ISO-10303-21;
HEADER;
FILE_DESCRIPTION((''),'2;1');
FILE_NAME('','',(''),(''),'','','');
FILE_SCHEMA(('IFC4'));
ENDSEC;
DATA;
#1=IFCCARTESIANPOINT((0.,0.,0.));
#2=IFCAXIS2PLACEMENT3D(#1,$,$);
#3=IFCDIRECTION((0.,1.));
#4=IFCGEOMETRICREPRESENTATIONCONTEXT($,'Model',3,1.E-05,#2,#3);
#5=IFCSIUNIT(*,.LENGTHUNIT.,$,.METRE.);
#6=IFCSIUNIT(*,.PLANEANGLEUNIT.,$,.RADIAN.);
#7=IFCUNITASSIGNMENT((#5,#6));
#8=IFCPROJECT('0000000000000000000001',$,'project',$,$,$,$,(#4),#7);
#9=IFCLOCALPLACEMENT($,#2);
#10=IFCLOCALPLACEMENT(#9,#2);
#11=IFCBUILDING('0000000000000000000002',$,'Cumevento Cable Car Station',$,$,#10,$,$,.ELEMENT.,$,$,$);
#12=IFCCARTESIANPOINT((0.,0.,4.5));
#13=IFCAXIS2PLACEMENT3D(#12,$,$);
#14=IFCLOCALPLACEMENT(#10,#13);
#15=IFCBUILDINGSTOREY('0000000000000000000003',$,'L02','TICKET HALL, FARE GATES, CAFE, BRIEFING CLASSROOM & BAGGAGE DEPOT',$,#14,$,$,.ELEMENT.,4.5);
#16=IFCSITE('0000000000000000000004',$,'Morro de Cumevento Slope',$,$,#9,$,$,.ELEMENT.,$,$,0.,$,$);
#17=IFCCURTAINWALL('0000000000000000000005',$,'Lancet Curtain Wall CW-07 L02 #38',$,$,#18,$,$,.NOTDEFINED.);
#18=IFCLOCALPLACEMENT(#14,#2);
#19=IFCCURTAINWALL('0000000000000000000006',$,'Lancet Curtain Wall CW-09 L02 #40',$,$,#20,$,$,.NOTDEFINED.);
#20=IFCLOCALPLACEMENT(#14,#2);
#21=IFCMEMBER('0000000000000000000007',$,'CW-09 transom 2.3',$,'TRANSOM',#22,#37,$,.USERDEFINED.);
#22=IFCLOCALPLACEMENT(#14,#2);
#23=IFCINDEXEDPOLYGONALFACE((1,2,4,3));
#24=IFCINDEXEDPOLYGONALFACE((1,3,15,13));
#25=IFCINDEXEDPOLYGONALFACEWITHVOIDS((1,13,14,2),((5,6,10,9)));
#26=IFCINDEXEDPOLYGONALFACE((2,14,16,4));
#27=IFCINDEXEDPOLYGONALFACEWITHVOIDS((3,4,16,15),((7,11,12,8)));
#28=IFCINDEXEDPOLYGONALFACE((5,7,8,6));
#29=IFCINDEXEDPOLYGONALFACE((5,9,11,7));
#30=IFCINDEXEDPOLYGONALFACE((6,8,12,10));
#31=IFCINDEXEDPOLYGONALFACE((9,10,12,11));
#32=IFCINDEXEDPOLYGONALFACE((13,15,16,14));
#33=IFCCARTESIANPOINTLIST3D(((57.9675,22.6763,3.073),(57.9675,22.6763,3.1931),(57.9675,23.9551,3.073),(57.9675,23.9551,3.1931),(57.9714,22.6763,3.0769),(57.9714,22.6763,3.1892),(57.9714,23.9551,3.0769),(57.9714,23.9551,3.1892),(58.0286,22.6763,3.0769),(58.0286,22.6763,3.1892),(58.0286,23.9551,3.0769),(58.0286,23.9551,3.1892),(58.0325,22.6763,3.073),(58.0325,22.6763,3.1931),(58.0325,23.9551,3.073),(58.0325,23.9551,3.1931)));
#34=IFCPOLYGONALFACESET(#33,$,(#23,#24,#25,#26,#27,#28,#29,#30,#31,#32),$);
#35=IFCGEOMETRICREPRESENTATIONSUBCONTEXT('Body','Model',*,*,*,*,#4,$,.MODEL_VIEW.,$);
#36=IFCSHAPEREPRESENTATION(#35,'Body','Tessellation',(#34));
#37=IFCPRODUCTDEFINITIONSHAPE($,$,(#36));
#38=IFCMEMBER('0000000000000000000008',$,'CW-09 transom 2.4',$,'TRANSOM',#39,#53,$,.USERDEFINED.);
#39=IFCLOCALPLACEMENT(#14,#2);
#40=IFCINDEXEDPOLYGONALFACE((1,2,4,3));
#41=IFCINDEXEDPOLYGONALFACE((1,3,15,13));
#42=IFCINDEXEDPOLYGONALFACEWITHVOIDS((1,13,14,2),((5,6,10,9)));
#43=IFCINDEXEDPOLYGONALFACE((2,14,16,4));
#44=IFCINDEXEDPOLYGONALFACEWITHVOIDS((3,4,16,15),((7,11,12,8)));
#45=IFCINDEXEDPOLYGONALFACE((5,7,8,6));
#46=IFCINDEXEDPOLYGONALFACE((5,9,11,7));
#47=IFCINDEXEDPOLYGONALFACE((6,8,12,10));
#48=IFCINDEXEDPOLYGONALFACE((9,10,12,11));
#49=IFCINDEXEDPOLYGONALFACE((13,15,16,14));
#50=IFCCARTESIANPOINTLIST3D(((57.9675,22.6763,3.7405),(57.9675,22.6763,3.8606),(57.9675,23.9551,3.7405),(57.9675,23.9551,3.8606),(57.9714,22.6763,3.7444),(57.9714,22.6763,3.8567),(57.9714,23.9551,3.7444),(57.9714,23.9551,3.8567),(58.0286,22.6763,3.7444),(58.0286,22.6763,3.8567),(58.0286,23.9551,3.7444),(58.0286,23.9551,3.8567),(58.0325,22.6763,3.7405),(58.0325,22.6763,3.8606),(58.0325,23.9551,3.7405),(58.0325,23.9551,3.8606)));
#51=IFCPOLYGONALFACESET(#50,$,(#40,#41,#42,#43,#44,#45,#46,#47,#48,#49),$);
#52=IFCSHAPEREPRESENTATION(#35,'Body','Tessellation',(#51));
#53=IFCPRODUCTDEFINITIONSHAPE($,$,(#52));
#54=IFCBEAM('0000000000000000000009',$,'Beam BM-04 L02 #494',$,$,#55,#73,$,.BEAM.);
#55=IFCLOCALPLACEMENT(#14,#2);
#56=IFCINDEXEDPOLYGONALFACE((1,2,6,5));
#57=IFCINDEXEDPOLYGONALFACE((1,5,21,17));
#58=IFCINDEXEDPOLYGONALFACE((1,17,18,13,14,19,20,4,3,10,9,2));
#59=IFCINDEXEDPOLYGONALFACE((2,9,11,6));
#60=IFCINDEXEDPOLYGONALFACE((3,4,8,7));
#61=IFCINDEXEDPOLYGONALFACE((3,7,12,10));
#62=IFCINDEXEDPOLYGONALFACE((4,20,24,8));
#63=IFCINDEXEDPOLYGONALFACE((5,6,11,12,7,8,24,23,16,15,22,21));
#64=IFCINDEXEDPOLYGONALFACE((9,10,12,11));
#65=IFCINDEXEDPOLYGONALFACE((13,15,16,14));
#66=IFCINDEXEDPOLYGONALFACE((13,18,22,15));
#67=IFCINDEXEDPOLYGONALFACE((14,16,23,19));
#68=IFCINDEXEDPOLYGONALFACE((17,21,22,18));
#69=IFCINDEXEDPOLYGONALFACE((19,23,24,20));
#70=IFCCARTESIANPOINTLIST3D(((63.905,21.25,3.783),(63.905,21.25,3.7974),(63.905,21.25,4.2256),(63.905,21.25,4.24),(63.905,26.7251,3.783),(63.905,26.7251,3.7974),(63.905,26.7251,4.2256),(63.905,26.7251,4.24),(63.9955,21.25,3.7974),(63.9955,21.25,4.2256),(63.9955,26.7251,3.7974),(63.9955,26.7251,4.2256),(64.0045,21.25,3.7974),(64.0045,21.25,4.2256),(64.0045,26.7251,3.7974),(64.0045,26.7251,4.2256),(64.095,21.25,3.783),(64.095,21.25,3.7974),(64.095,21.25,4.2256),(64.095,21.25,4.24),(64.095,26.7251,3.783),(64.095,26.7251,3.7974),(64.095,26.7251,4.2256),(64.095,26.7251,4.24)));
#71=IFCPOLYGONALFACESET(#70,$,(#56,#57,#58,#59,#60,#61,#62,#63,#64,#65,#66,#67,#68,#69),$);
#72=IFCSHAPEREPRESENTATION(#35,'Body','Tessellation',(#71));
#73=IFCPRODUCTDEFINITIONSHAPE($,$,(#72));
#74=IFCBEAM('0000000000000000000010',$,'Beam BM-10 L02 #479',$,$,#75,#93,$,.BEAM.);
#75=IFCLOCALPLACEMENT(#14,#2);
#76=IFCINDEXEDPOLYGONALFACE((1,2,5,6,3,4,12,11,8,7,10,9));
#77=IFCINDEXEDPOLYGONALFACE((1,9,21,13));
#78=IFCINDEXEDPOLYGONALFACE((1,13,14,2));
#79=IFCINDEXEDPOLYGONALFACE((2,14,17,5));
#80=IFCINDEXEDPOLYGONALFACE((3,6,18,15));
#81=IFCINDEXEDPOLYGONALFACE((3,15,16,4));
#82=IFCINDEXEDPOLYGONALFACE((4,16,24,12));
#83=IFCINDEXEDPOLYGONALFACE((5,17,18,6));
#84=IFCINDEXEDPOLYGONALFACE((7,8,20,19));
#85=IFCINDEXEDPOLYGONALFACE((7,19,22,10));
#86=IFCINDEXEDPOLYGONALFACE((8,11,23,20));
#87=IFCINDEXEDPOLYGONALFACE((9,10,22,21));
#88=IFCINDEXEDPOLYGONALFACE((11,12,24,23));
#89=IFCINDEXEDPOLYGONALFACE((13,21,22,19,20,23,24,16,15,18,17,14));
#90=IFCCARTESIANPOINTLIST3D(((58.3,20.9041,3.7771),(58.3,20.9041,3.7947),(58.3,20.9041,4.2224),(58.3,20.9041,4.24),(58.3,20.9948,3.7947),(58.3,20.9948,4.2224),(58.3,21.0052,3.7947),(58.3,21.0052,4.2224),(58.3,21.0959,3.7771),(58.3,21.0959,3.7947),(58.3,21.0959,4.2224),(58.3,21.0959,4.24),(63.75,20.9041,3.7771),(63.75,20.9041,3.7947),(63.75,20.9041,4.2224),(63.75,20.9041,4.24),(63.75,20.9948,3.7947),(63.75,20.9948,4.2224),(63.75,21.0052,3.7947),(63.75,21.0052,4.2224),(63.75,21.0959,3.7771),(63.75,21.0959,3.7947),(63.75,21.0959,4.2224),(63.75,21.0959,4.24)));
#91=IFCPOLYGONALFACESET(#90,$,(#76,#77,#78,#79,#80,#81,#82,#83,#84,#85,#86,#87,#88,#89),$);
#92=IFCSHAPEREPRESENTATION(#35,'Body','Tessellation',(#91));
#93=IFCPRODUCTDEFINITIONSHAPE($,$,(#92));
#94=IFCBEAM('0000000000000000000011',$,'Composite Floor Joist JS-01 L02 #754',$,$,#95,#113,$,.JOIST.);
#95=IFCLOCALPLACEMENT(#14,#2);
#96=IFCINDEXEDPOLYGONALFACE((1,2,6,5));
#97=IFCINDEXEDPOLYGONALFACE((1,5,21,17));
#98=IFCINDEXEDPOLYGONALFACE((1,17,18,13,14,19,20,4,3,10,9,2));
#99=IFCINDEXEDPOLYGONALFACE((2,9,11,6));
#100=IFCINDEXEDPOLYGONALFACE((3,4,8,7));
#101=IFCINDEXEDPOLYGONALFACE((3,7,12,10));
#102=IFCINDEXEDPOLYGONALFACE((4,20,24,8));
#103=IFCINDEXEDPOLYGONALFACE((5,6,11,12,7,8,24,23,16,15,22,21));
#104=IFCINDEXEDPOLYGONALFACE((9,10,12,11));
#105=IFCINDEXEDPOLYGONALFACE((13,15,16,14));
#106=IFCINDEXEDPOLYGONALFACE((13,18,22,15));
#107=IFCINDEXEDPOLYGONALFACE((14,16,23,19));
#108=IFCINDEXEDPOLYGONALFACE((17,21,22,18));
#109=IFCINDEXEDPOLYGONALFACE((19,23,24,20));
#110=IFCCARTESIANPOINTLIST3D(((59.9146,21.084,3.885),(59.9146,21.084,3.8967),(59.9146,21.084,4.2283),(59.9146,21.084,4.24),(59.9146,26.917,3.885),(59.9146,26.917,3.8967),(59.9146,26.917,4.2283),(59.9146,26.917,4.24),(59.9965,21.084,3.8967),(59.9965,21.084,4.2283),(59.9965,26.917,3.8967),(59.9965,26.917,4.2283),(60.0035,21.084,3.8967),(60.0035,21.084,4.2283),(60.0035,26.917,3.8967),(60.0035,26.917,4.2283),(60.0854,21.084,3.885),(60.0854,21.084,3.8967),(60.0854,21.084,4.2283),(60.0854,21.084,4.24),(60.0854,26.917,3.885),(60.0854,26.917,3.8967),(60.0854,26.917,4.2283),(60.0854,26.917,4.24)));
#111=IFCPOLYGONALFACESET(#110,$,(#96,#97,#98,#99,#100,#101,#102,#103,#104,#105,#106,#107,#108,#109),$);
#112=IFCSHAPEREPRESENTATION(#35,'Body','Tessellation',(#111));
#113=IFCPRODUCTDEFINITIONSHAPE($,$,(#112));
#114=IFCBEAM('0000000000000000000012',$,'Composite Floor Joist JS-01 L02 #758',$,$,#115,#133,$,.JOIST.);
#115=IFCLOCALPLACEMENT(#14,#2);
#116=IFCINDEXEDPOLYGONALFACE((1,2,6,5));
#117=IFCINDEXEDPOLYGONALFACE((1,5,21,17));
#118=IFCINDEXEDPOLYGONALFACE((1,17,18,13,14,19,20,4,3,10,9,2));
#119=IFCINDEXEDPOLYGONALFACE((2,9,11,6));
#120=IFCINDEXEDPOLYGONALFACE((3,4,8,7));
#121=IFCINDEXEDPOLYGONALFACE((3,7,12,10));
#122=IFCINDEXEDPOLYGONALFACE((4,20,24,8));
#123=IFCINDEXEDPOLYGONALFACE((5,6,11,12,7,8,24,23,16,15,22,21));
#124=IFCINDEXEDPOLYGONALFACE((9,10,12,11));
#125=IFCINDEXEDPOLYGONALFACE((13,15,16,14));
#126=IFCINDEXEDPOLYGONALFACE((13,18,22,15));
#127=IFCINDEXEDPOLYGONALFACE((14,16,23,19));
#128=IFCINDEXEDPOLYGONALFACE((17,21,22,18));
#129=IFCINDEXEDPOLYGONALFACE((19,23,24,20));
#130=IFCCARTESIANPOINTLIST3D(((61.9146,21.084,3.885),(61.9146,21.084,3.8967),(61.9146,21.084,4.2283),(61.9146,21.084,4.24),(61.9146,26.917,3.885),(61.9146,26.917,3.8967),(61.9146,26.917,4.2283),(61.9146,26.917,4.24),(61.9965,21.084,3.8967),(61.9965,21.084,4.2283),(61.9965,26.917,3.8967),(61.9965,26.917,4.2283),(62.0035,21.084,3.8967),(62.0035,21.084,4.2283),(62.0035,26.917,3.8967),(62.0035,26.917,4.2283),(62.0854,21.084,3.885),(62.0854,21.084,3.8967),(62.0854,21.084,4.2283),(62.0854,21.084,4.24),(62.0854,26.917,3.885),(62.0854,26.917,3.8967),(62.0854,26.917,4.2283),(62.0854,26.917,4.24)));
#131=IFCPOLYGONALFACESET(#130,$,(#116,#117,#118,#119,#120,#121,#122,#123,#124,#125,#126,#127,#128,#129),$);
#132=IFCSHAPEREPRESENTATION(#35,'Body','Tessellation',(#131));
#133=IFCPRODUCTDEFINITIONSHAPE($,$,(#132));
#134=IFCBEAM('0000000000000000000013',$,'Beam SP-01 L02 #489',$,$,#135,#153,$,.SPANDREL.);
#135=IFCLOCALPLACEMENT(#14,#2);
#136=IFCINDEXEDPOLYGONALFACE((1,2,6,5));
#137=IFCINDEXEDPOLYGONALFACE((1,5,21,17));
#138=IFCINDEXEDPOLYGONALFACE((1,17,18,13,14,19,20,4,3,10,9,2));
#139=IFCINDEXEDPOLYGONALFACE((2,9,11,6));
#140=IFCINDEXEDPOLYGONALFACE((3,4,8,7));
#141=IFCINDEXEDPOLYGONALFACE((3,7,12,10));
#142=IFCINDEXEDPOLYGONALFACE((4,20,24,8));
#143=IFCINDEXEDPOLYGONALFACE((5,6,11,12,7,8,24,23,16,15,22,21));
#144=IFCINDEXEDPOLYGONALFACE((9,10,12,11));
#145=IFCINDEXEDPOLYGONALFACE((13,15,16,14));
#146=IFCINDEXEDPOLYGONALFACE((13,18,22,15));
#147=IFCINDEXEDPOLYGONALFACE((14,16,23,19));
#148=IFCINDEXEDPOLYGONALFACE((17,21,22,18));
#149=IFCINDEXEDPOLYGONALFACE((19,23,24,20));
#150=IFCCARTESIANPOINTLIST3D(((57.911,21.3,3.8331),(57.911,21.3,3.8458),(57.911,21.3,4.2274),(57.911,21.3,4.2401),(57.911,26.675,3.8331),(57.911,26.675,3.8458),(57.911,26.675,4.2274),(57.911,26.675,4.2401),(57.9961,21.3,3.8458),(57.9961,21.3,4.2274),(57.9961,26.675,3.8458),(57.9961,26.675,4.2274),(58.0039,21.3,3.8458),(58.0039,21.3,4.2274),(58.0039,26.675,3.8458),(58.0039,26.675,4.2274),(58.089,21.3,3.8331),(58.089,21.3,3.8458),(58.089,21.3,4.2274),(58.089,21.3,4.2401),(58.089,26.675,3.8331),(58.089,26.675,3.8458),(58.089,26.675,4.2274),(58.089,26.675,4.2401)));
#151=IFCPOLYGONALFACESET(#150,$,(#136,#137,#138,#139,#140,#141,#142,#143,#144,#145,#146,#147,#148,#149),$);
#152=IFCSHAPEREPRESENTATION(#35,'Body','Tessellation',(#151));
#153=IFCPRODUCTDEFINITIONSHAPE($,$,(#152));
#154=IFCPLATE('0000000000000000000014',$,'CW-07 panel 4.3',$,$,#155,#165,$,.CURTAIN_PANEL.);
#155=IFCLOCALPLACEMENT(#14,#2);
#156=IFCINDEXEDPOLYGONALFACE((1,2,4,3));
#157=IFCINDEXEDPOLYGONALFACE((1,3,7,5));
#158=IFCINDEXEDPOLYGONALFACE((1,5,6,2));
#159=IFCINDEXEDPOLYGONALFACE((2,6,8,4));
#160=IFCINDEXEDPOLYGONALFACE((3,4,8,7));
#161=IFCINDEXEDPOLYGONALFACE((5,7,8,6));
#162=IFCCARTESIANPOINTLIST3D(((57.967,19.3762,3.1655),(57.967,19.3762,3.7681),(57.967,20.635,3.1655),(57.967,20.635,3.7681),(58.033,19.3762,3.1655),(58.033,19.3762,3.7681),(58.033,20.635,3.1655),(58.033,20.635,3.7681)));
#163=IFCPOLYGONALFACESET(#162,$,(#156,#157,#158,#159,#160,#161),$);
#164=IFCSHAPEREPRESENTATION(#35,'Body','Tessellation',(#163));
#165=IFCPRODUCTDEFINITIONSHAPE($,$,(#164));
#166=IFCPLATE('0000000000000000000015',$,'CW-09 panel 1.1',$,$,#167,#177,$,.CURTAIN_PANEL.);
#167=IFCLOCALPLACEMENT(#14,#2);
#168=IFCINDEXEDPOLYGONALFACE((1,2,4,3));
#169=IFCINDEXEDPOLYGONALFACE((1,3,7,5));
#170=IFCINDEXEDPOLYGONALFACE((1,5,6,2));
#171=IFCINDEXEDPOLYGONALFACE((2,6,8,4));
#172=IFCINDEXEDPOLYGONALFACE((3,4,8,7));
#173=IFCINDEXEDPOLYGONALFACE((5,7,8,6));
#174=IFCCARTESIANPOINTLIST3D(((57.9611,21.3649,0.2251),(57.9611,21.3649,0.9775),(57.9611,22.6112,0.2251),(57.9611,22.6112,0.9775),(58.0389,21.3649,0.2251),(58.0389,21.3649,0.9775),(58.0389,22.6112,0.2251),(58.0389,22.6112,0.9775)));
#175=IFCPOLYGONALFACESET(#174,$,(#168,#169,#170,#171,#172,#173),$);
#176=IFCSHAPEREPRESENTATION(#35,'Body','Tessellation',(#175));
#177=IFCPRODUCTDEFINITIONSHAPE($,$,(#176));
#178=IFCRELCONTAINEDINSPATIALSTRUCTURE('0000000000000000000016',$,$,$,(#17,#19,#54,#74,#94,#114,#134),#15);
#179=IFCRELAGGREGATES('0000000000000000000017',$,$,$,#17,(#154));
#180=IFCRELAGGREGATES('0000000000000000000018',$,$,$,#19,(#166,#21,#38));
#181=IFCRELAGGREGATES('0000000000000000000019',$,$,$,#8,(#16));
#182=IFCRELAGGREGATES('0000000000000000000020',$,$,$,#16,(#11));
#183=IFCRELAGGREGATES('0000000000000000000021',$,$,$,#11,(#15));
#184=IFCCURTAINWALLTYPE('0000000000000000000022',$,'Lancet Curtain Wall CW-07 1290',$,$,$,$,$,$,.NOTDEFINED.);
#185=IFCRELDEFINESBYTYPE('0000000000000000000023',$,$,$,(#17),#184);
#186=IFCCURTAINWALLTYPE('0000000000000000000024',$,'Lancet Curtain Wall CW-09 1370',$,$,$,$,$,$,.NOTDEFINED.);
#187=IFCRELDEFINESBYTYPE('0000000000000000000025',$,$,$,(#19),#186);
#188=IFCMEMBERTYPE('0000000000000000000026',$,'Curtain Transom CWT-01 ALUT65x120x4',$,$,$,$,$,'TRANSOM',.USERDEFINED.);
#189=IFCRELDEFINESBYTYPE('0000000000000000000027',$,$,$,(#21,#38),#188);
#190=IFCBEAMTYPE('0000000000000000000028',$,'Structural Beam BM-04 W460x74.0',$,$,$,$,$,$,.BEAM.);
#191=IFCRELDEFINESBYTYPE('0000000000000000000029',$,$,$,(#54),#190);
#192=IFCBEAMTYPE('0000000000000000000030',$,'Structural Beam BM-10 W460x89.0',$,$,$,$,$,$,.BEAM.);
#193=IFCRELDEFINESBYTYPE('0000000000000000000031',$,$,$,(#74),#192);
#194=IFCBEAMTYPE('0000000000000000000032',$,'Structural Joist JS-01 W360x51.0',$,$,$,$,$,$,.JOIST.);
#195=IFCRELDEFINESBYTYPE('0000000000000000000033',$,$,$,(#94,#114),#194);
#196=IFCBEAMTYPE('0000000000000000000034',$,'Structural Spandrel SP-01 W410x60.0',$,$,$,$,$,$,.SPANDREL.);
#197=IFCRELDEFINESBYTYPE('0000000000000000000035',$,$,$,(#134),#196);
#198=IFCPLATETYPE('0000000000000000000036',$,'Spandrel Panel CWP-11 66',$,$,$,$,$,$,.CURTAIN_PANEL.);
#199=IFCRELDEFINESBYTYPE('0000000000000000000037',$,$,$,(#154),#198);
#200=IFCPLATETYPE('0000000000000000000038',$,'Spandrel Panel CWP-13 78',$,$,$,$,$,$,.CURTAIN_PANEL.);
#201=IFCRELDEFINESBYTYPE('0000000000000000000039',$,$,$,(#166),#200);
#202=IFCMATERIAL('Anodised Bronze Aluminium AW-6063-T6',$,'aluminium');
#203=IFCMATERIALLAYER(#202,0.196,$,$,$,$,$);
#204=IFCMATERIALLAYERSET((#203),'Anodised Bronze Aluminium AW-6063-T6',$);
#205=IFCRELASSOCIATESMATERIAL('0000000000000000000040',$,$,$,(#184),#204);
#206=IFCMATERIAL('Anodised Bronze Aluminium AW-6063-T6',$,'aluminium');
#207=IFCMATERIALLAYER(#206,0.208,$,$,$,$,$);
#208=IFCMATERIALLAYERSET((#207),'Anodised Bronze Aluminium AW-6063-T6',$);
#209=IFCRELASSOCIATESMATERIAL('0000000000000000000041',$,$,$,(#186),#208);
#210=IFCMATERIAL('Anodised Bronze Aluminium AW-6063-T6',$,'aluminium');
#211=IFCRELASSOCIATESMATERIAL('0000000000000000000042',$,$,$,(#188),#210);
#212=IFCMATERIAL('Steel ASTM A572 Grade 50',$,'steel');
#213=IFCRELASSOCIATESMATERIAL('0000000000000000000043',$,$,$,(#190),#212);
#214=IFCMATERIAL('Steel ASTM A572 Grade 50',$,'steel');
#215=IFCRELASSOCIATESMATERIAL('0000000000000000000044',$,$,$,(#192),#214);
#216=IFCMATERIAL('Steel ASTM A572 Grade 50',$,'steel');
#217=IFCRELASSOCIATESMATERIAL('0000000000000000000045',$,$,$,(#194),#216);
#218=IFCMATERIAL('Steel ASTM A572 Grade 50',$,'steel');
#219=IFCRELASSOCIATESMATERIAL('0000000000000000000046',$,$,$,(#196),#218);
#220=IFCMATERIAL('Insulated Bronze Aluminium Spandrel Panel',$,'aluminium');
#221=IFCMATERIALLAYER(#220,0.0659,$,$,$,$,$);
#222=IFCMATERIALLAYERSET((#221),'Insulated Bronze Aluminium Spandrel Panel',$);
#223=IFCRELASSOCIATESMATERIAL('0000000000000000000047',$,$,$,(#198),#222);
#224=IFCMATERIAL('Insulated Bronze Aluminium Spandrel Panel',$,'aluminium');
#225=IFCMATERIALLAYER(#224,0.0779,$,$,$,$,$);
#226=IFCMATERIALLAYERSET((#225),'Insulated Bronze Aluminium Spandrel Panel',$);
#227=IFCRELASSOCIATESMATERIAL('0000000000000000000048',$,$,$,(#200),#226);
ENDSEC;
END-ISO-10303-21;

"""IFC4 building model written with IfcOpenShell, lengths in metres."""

from ifc_helpers import new_model, si_unit, direction, frame, origin, origin_2d, place, context, subcontext, project, spatial, rectangle, hollow_rectangle, i_section, extrude, material, layer, layer_set, material_profile, profile_set, type_object, element, aggregate, save


model = new_model("IFC4")

# Units and contexts
model_context = context("Model", 3, precision=1e-05, world=origin(), true_north=direction((0.0, 1.0)))
body_context = subcontext(model_context, "Body", "Model", "MODEL_VIEW")
ifc_project = project(units=[si_unit("LENGTHUNIT", "METRE"), si_unit("PLANEANGLEUNIT", "RADIAN")], contexts=[model_context])

# Site, building, storey
site_placement = place(None, origin())
site = spatial("IfcSite", under=ifc_project, at=site_placement, Name="Morro de Cumevento Slope", CompositionType="ELEMENT", RefElevation=0.0)
building_placement = place(site_placement, origin())
building = spatial("IfcBuilding", under=site, at=building_placement, Name="Cumevento Cable Car Station", CompositionType="ELEMENT")
storey_placement = place(building_placement, frame((0.0, 0.0, 4.5)))
storey = spatial("IfcBuildingStorey", under=building, at=storey_placement, Name="L02", Description="TICKET HALL, FARE GATES, CAFE, BRIEFING CLASSROOM & BAGGAGE DEPOT", CompositionType="ELEMENT", Elevation=4.5)

# Curtain wall
ifc_material_1 = material(Name="Anodised Bronze Aluminium AW-6063-T6", Category="aluminium")
ifc_layer_1 = layer(ifc_material_1, 0.196)
ifc_layer_set_1 = layer_set([ifc_layer_1], Name="Anodised Bronze Aluminium AW-6063-T6")
curtain_wall_type_1 = type_object("IfcCurtainWallType", Name="Lancet Curtain Wall CW-07 1290", PredefinedType="NOTDEFINED", material=ifc_layer_set_1)
curtain_wall_1_placement = place(storey_placement, origin())
curtain_wall_1 = element("IfcCurtainWall", 1, at=curtain_wall_1_placement, inside=storey, type_object=curtain_wall_type_1, Name="Lancet Curtain Wall CW-07 L02 #38", PredefinedType="NOTDEFINED")

# Curtain wall, members
ifc_material_2 = material(Name="Anodised Bronze Aluminium AW-6063-T6", Category="aluminium")
ifc_layer_2 = layer(ifc_material_2, 0.208)
ifc_layer_set_2 = layer_set([ifc_layer_2], Name="Anodised Bronze Aluminium AW-6063-T6")
curtain_wall_type_2 = type_object("IfcCurtainWallType", Name="Lancet Curtain Wall CW-09 1370", PredefinedType="NOTDEFINED", material=ifc_layer_set_2)
curtain_wall_2_placement = place(storey_placement, origin())
curtain_wall_2 = element("IfcCurtainWall", 2, at=curtain_wall_2_placement, inside=storey, type_object=curtain_wall_type_2, Name="Lancet Curtain Wall CW-09 L02 #40", PredefinedType="NOTDEFINED")
ifc_material_3 = material(Name="Anodised Bronze Aluminium AW-6063-T6", Category="aluminium")
ifc_material_profile_1 = material_profile(ifc_material_3, hollow_rectangle(XDim=0.0649, YDim=0.1201, WallThickness=0.0039, at=origin_2d()), Name="ALUT65x120x4")
ifc_profile_set_1 = profile_set([ifc_material_profile_1], Name="Anodised Bronze Aluminium AW-6063-T6")
member_type_1 = type_object("IfcMemberType", Name="Curtain Transom CWT-01 ALUT65x120x4", ElementType="TRANSOM", PredefinedType="USERDEFINED", material=ifc_profile_set_1)
member_1_placement = place(storey_placement, frame((58.0, 22.6763, 3.1331), z_axis=(0.0, 1.0, 0.0), x_axis=(-1.0, 0.0, 0.0)))
member_1 = element("IfcMember", 3, at=member_1_placement, type_object=member_type_1, Name="CW-09 transom 2.3", ObjectType="TRANSOM", PredefinedType="USERDEFINED", context=body_context, shape_type="SweptSolid", body=[
    extrude(hollow_rectangle(XDim=0.0649, YDim=0.1201, WallThickness=0.0039, at=origin_2d()), origin(), (0.0, 0.0, 1.0), 1.2788),
])
member_2_placement = place(storey_placement, frame((58.0, 22.6763, 3.8005), z_axis=(0.0, 1.0, 0.0), x_axis=(-1.0, 0.0, 0.0)))
member_2 = element("IfcMember", 4, at=member_2_placement, type_object=member_type_1, Name="CW-09 transom 2.4", ObjectType="TRANSOM", PredefinedType="USERDEFINED", context=body_context, shape_type="SweptSolid", body=[
    extrude(hollow_rectangle(XDim=0.0649, YDim=0.1201, WallThickness=0.0039, at=origin_2d()), origin(), (0.0, 0.0, 1.0), 1.2788),
])

# Beams
ifc_material_4 = material(Name="Steel ASTM A572 Grade 50", Category="steel")
ifc_material_profile_2 = material_profile(ifc_material_4, i_section(OverallWidth=0.1899, OverallDepth=0.457, WebThickness=0.009, FlangeThickness=0.0144, at=origin_2d()), Name="W460x74.0")
ifc_profile_set_2 = profile_set([ifc_material_profile_2], Name="Steel ASTM A572 Grade 50")
beam_type_1 = type_object("IfcBeamType", Name="Structural Beam BM-04 W460x74.0", PredefinedType="BEAM", material=ifc_profile_set_2)
beam_1_placement = place(storey_placement, frame((64.0, 21.25, 4.0115), z_axis=(0.0, 1.0, 0.0), x_axis=(-1.0, 0.0, 0.0)))
element("IfcBeam", 5, at=beam_1_placement, inside=storey, type_object=beam_type_1, Name="Beam BM-04 L02 #494", PredefinedType="BEAM", context=body_context, shape_type="SweptSolid", body=[
    extrude(i_section(OverallWidth=0.1899, OverallDepth=0.457, WebThickness=0.009, FlangeThickness=0.0144, at=origin_2d()), origin(), (0.0, 0.0, 1.0), 5.4751),
])
ifc_material_5 = material(Name="Steel ASTM A572 Grade 50", Category="steel")
ifc_material_profile_3 = material_profile(ifc_material_5, i_section(OverallWidth=0.1919, OverallDepth=0.4629, WebThickness=0.0105, FlangeThickness=0.0176, at=origin_2d()), Name="W460x89.0")
ifc_profile_set_3 = profile_set([ifc_material_profile_3], Name="Steel ASTM A572 Grade 50")
beam_type_2 = type_object("IfcBeamType", Name="Structural Beam BM-10 W460x89.0", PredefinedType="BEAM", material=ifc_profile_set_3)
beam_2_placement = place(storey_placement, frame((58.3, 21.0, 4.0085), z_axis=(1.0, 0.0, 0.0), x_axis=(0.0, 1.0, 0.0)))
element("IfcBeam", 6, at=beam_2_placement, inside=storey, type_object=beam_type_2, Name="Beam BM-10 L02 #479", PredefinedType="BEAM", context=body_context, shape_type="SweptSolid", body=[
    extrude(i_section(OverallWidth=0.1919, OverallDepth=0.4629, WebThickness=0.0105, FlangeThickness=0.0176, at=origin_2d()), origin(), (0.0, 0.0, 1.0), 5.45),
])
ifc_material_6 = material(Name="Steel ASTM A572 Grade 50", Category="steel")
ifc_material_profile_4 = material_profile(ifc_material_6, i_section(OverallWidth=0.1709, OverallDepth=0.355, WebThickness=0.0071, FlangeThickness=0.0117, at=origin_2d()), Name="W360x51.0")
ifc_profile_set_4 = profile_set([ifc_material_profile_4], Name="Steel ASTM A572 Grade 50")
beam_type_3 = type_object("IfcBeamType", Name="Structural Joist JS-01 W360x51.0", PredefinedType="JOIST", material=ifc_profile_set_4)
for number, where, z_axis, x_axis, name in (
    (7, (60.0, 21.084, 4.0625), (0.0, 1.0, 0.0), (-1.0, 0.0, 0.0), "Composite Floor Joist JS-01 L02 #754"),
    (8, (62.0, 21.084, 4.0625), (0.0, 1.0, 0.0), (-1.0, 0.0, 0.0), "Composite Floor Joist JS-01 L02 #758"),
):
    element("IfcBeam", number, at=place(storey_placement, frame(where, z_axis=z_axis, x_axis=x_axis)), inside=storey, type_object=beam_type_3, Name=name, PredefinedType="JOIST", context=body_context, shape_type="SweptSolid", body=[
        extrude(i_section(OverallWidth=0.1709, OverallDepth=0.355, WebThickness=0.0071, FlangeThickness=0.0117, at=origin_2d()), origin(), (0.0, 0.0, 1.0), 5.833),
    ])
ifc_material_7 = material(Name="Steel ASTM A572 Grade 50", Category="steel")
ifc_material_profile_5 = material_profile(ifc_material_7, i_section(OverallWidth=0.178, OverallDepth=0.407, WebThickness=0.0078, FlangeThickness=0.0127, at=origin_2d()), Name="W410x60.0")
ifc_profile_set_5 = profile_set([ifc_material_profile_5], Name="Steel ASTM A572 Grade 50")
beam_type_4 = type_object("IfcBeamType", Name="Structural Spandrel SP-01 W410x60.0", PredefinedType="SPANDREL", material=ifc_profile_set_5)
beam_3_placement = place(storey_placement, frame((58.0, 21.3, 4.0366), z_axis=(0.0, 1.0, 0.0), x_axis=(-1.0, 0.0, 0.0)))
element("IfcBeam", 9, at=beam_3_placement, inside=storey, type_object=beam_type_4, Name="Beam SP-01 L02 #489", PredefinedType="SPANDREL", context=body_context, shape_type="SweptSolid", body=[
    extrude(i_section(OverallWidth=0.178, OverallDepth=0.407, WebThickness=0.0078, FlangeThickness=0.0127, at=origin_2d()), origin(), (0.0, 0.0, 1.0), 5.375),
])

# Plates
ifc_material_8 = material(Name="Insulated Bronze Aluminium Spandrel Panel", Category="aluminium")
ifc_layer_3 = layer(ifc_material_8, 0.0659)
ifc_layer_set_3 = layer_set([ifc_layer_3], Name="Insulated Bronze Aluminium Spandrel Panel")
plate_type_1 = type_object("IfcPlateType", Name="Spandrel Panel CWP-11 66", PredefinedType="CURTAIN_PANEL", material=ifc_layer_set_3)
plate_1_placement = place(storey_placement, frame((58.0, 20.0056, 3.1655), z_axis=(0.0, 0.0, 1.0), x_axis=(0.0, 1.0, 0.0)))
plate_1 = element("IfcPlate", 10, at=plate_1_placement, type_object=plate_type_1, Name="CW-07 panel 4.3", PredefinedType="CURTAIN_PANEL", context=body_context, shape_type="SweptSolid", body=[
    extrude(rectangle(XDim=1.2588, YDim=0.0659, at=origin_2d()), origin(), (0.0, 0.0, 1.0), 0.6025),
])
aggregate(curtain_wall_1, [plate_1])
ifc_material_9 = material(Name="Insulated Bronze Aluminium Spandrel Panel", Category="aluminium")
ifc_layer_4 = layer(ifc_material_9, 0.0779)
ifc_layer_set_4 = layer_set([ifc_layer_4], Name="Insulated Bronze Aluminium Spandrel Panel")
plate_type_2 = type_object("IfcPlateType", Name="Spandrel Panel CWP-13 78", PredefinedType="CURTAIN_PANEL", material=ifc_layer_set_4)
plate_2_placement = place(storey_placement, frame((58.0, 21.988, 0.2251), z_axis=(0.0, 0.0, 1.0), x_axis=(0.0, 1.0, 0.0)))
plate_2 = element("IfcPlate", 11, at=plate_2_placement, type_object=plate_type_2, Name="CW-09 panel 1.1", PredefinedType="CURTAIN_PANEL", context=body_context, shape_type="SweptSolid", body=[
    extrude(rectangle(XDim=1.2463, YDim=0.0779, at=origin_2d()), origin(), (0.0, 0.0, 1.0), 0.7524),
])
aggregate(curtain_wall_2, [plate_2, member_1, member_2])

save(model, "model.ifc")
